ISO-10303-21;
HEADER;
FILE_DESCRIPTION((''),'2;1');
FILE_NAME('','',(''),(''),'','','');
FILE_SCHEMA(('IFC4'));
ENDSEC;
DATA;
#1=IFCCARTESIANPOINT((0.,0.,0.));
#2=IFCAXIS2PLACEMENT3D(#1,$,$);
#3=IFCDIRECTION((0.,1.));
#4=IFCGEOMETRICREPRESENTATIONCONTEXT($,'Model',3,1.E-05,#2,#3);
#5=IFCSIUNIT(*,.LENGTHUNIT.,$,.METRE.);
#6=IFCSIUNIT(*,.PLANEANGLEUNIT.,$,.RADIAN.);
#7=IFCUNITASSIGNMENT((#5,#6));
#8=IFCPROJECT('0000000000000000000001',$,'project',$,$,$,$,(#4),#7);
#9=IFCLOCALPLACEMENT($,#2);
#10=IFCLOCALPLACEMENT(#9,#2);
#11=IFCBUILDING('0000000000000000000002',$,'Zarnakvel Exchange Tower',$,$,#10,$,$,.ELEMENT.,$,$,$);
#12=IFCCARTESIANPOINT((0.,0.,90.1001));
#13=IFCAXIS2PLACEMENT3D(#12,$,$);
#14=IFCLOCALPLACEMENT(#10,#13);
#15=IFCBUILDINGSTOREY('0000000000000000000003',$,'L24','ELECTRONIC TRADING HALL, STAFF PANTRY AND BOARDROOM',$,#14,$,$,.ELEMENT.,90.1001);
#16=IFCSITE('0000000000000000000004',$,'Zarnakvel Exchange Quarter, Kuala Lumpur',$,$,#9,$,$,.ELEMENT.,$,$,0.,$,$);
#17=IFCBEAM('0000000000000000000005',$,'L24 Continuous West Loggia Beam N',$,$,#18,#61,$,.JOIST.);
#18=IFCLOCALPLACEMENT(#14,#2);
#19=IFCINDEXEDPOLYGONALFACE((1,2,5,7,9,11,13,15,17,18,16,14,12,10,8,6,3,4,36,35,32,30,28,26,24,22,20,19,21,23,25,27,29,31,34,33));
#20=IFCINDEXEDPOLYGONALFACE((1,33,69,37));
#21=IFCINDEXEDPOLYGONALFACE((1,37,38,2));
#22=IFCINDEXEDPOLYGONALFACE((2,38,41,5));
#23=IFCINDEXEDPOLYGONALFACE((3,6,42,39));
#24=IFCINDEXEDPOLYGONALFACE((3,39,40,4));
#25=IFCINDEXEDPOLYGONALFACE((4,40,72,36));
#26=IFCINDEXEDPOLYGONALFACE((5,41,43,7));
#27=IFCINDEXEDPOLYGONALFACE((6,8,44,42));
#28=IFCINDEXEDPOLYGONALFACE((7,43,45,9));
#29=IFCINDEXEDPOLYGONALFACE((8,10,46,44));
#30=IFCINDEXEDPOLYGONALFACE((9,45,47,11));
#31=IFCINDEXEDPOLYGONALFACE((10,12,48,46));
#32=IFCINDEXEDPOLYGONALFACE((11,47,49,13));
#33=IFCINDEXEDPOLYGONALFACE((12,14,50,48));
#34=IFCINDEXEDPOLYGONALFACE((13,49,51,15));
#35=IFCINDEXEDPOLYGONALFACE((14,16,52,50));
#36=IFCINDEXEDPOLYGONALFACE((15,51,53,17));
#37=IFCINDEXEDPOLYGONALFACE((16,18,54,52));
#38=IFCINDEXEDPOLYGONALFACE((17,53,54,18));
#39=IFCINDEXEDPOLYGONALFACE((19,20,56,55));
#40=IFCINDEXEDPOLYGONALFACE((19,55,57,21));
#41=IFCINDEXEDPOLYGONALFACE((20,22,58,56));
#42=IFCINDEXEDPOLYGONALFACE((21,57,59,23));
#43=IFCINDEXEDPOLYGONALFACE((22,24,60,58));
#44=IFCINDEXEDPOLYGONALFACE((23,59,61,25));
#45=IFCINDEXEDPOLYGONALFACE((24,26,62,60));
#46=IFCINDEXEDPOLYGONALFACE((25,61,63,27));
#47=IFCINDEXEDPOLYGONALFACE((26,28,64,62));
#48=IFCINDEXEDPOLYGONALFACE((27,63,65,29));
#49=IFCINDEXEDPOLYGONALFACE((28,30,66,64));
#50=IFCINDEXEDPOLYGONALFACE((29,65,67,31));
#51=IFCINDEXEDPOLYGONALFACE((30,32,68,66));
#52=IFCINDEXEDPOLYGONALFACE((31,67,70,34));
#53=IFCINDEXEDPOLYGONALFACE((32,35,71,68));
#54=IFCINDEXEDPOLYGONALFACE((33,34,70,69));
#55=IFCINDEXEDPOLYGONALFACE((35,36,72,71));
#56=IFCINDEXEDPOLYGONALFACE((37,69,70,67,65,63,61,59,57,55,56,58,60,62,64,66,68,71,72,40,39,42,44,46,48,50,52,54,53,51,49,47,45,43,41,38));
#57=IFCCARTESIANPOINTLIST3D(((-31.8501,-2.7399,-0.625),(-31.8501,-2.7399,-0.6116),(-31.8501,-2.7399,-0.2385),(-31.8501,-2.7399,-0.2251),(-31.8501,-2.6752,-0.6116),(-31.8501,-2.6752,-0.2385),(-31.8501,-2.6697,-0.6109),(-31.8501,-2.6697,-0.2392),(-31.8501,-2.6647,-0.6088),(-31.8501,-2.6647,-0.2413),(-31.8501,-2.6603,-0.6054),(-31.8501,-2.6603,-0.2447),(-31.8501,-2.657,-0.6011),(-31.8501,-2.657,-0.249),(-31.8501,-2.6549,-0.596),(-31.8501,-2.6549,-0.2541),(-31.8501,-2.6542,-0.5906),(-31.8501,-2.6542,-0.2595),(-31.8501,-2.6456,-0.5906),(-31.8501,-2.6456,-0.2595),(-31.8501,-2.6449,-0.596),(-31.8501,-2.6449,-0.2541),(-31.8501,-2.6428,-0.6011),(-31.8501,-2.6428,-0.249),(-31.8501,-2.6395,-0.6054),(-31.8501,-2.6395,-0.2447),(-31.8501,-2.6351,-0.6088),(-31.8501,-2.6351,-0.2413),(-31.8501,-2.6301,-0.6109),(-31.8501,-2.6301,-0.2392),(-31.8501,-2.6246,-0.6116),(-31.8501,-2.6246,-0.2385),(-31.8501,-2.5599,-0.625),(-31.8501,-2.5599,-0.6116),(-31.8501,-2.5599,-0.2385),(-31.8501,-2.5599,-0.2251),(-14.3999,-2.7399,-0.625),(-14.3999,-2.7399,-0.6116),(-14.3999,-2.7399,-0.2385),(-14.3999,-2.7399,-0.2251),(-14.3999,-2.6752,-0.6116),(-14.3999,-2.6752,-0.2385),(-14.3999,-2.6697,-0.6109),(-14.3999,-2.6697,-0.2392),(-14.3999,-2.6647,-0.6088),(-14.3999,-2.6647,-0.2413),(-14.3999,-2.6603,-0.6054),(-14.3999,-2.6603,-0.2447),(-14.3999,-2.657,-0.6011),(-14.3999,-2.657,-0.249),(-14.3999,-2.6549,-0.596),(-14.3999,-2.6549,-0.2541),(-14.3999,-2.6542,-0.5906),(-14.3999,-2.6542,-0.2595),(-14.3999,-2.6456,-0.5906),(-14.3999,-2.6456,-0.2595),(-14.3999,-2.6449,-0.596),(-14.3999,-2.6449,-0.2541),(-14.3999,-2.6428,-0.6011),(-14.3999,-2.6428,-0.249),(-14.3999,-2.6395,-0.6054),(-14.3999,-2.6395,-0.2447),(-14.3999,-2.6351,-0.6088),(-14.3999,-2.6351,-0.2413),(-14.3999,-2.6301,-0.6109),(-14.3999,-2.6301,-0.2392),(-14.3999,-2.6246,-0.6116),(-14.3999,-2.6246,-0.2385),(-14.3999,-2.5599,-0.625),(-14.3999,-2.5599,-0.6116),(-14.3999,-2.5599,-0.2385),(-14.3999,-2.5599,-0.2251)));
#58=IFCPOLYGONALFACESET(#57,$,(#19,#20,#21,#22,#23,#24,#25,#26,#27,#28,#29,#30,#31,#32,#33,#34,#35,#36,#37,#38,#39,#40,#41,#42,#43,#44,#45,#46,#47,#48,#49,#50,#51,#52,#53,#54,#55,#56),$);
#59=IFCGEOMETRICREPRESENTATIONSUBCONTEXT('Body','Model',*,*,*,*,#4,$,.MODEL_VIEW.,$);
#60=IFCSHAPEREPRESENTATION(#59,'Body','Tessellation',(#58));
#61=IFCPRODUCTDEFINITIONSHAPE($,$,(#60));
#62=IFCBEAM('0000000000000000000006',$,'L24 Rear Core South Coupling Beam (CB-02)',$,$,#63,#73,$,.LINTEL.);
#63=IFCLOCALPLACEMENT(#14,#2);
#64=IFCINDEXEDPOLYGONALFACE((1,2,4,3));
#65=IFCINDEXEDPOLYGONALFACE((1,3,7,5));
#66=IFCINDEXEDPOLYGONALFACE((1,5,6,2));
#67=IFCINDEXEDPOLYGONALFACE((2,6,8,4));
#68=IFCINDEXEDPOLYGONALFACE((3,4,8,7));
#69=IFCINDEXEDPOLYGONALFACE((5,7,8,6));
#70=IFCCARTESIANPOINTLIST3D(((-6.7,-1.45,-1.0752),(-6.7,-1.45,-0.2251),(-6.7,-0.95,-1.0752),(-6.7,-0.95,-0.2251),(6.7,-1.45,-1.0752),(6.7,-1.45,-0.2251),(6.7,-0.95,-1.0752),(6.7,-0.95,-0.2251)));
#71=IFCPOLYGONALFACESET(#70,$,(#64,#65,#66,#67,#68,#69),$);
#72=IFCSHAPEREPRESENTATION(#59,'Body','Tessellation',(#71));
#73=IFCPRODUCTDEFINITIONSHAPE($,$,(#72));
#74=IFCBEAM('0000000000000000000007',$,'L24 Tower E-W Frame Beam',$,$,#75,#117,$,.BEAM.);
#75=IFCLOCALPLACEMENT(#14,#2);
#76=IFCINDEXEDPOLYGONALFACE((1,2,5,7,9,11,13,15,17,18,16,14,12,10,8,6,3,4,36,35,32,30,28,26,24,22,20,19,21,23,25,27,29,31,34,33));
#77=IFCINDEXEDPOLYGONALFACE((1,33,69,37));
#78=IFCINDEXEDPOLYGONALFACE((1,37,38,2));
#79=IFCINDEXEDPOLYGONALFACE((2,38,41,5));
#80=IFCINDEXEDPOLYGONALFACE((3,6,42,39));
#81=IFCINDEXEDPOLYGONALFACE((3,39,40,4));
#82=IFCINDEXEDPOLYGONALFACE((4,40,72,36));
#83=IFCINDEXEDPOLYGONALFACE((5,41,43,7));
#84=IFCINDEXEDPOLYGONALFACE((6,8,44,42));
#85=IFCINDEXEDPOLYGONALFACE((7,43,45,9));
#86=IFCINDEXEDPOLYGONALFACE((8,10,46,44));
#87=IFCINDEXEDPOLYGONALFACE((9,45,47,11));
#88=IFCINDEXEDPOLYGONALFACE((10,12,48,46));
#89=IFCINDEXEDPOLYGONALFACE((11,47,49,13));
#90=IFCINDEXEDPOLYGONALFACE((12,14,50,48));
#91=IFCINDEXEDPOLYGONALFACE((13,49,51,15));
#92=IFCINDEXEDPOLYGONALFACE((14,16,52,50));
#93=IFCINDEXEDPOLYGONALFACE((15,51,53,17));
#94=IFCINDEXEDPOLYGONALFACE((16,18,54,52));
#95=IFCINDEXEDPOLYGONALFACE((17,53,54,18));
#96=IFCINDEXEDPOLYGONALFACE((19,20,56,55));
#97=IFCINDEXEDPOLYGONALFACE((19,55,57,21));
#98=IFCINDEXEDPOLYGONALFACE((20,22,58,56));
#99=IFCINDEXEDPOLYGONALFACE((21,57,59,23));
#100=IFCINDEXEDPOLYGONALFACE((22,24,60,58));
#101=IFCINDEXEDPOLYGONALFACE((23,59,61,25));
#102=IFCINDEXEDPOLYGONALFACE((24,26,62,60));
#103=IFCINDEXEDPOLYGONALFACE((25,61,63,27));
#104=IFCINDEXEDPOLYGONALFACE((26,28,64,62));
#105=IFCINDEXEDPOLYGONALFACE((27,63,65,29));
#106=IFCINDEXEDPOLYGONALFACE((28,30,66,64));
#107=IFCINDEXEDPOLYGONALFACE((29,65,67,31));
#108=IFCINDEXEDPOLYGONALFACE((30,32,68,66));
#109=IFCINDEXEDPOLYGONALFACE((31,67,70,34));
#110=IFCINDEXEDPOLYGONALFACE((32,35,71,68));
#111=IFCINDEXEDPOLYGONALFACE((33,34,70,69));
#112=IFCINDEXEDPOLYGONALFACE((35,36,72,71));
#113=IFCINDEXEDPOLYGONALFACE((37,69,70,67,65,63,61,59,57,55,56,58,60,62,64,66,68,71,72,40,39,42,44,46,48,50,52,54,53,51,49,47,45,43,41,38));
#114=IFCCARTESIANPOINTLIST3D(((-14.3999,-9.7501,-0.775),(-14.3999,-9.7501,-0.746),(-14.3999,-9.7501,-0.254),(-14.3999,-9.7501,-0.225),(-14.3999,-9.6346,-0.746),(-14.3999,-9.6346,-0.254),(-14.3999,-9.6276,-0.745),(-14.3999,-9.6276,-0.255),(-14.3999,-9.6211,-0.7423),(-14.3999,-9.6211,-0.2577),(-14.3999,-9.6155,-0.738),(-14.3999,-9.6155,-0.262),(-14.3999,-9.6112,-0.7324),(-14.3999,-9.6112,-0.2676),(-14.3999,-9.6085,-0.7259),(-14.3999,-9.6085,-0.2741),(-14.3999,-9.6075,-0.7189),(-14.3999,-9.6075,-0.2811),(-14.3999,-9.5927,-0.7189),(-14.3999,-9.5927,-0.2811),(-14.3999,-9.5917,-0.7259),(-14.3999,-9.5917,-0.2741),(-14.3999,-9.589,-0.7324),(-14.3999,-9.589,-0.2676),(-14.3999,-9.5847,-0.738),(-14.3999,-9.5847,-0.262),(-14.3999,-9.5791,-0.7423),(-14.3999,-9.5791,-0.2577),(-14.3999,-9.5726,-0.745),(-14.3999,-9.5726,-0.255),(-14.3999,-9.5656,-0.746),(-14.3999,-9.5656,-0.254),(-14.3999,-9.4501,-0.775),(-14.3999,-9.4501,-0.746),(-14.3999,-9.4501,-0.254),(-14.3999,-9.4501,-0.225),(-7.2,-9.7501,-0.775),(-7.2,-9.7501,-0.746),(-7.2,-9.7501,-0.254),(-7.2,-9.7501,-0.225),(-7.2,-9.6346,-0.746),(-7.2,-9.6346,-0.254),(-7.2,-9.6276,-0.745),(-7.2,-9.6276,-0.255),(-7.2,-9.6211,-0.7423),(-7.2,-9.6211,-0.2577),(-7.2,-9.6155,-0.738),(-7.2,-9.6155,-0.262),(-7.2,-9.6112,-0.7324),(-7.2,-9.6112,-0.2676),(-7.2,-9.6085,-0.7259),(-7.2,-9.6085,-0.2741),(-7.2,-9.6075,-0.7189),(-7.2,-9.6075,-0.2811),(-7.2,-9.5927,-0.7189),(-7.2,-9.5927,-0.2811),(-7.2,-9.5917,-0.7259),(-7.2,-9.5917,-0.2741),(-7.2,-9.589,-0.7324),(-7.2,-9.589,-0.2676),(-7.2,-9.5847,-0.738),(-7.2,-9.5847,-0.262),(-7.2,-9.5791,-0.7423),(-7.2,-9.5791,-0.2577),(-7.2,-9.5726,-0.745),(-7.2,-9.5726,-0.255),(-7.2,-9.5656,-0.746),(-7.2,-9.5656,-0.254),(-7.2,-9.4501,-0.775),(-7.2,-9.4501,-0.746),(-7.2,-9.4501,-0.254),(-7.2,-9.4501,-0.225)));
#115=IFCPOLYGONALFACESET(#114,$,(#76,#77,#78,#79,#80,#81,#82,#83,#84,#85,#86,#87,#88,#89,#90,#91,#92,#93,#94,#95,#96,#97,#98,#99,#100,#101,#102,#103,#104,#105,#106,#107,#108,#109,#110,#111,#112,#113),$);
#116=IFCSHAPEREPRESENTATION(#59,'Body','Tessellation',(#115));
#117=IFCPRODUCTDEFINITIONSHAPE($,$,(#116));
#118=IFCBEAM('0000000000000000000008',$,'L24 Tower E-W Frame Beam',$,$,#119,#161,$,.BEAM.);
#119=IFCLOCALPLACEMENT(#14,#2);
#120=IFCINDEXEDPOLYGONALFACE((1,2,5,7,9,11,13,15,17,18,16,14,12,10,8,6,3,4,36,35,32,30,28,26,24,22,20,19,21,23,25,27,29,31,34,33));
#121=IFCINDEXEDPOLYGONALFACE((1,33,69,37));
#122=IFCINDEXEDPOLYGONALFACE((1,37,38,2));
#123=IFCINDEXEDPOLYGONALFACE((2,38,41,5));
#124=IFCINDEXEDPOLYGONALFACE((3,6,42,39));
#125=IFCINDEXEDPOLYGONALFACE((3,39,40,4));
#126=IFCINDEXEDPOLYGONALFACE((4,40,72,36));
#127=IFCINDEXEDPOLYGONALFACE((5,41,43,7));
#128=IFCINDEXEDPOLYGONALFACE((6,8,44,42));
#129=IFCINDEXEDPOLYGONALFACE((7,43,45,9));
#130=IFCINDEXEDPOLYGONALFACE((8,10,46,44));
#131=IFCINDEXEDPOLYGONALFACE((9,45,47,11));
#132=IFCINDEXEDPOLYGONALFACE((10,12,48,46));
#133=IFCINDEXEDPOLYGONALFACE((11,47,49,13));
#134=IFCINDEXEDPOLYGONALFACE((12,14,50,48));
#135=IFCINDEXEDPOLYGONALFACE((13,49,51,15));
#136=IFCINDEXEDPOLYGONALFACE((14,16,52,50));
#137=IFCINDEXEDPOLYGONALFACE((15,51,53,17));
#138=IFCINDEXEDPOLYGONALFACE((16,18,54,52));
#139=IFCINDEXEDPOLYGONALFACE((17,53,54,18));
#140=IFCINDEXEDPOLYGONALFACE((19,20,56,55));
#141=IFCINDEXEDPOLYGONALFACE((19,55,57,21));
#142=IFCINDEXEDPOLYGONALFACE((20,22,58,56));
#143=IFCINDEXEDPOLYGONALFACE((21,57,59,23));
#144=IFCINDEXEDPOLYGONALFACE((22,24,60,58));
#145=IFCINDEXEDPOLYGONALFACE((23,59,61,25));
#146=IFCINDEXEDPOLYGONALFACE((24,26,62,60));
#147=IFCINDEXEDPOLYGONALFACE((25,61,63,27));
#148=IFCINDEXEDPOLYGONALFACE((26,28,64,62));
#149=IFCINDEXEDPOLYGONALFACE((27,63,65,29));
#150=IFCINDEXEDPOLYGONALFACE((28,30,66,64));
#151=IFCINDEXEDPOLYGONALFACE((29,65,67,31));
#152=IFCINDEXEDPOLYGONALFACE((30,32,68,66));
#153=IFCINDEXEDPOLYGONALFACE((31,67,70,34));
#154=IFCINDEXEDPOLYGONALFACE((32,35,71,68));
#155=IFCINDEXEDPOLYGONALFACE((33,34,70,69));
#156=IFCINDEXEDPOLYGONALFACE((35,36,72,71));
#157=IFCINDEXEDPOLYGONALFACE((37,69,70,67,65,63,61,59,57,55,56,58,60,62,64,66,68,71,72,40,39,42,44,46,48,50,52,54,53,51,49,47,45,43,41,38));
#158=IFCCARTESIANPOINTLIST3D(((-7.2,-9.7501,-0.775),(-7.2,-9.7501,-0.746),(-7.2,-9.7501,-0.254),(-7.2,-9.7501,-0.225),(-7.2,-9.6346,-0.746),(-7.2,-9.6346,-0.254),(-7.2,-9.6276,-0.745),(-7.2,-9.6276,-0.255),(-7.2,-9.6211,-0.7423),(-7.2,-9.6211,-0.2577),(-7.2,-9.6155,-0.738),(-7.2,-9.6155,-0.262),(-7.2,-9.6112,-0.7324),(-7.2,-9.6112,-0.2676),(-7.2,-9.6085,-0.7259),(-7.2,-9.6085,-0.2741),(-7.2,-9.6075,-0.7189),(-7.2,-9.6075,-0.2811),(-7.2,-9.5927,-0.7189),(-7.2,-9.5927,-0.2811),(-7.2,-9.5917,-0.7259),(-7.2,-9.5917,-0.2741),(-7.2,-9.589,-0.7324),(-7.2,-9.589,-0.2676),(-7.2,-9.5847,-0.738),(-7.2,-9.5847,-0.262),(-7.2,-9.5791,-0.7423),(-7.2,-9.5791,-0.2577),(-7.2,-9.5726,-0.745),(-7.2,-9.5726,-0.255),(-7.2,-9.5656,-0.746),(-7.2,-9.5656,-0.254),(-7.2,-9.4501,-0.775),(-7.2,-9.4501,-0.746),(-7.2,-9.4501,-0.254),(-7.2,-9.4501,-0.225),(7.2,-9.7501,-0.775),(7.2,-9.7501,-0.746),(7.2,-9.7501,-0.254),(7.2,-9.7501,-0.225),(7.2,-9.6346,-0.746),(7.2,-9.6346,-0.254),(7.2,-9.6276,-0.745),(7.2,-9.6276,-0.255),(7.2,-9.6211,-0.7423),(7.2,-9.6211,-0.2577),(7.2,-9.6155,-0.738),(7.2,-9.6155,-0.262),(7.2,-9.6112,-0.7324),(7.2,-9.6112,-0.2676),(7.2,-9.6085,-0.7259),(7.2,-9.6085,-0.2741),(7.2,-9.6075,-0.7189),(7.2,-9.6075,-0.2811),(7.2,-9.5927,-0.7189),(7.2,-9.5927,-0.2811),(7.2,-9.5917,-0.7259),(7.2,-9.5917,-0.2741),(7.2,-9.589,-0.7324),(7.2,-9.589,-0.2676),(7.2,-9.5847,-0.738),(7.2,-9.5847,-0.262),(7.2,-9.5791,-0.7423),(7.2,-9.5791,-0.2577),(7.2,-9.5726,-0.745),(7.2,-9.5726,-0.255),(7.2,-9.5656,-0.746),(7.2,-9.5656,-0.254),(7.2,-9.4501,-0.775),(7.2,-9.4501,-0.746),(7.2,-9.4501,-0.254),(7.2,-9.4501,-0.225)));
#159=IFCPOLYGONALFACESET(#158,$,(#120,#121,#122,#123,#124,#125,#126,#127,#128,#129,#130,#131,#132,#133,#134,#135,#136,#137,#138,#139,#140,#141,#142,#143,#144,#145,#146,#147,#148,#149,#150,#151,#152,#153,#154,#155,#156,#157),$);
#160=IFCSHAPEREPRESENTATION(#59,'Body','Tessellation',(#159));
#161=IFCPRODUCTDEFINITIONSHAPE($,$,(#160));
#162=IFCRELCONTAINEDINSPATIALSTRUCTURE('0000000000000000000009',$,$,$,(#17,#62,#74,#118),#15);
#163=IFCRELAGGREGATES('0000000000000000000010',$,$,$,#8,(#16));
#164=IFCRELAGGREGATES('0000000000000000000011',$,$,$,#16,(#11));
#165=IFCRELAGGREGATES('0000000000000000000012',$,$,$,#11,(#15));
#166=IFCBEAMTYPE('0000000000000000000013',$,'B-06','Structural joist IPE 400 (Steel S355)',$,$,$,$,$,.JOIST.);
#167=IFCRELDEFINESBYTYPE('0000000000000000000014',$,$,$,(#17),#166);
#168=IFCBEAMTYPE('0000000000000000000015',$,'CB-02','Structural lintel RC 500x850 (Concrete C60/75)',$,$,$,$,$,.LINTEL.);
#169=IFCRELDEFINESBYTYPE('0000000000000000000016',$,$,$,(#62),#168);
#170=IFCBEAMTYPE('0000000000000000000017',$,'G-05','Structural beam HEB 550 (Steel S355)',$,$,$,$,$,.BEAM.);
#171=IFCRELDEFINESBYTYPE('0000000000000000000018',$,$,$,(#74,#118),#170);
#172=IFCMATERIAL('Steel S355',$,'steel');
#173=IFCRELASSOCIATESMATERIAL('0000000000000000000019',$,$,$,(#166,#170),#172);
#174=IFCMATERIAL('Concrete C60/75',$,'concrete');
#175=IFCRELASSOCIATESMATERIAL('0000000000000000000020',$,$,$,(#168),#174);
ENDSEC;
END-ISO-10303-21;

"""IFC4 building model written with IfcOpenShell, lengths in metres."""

from ifc_helpers import new_model, si_unit, direction, frame, origin, origin_2d, place, context, subcontext, project, spatial, rectangle, i_section, extrude, material, material_profile, profile_set, type_object, element, save


model = new_model("IFC4")

# Units and contexts
model_context = context("Model", 3, precision=1e-05, world=origin(), true_north=direction((0.0, 1.0)))
body_context = subcontext(model_context, "Body", "Model", "MODEL_VIEW")
ifc_project = project(units=[si_unit("LENGTHUNIT", "METRE"), si_unit("PLANEANGLEUNIT", "RADIAN")], contexts=[model_context])

# Site, building, storey
site_placement = place(None, origin())
site = spatial("IfcSite", under=ifc_project, at=site_placement, Name="Zarnakvel Exchange Quarter, Kuala Lumpur", CompositionType="ELEMENT", RefElevation=0.0)
building_placement = place(site_placement, origin())
building = spatial("IfcBuilding", under=site, at=building_placement, Name="Zarnakvel Exchange Tower", CompositionType="ELEMENT")
storey_placement = place(building_placement, frame((0.0, 0.0, 90.1001)))
storey = spatial("IfcBuildingStorey", under=building, at=storey_placement, Name="L24", Description="ELECTRONIC TRADING HALL, STAFF PANTRY AND BOARDROOM", CompositionType="ELEMENT", Elevation=90.1001)

# Shared definitions
ifc_material_1 = material(Name="Concrete C60/75", Category="concrete")

# Beams
ifc_material_2 = material(Name="Steel S355", Category="steel")
ifc_material_profile_1 = material_profile(ifc_material_2, i_section(OverallWidth=0.1799, OverallDepth=0.3999, WebThickness=0.0085, FlangeThickness=0.0134, FilletRadius=0.021, at=origin_2d()))
ifc_profile_set_1 = profile_set([ifc_material_profile_1], Name="Steel S355")
beam_type_1 = type_object("IfcBeamType", Name="B-06", Description="Structural joist IPE 400 (Steel S355)", PredefinedType="JOIST", material=ifc_profile_set_1)
for number, where, z_axis, x_axis, name in (
    (1, (-14.3999, -2.6499, -0.425), (-1.0, 0.0, 0.0), (0.0, -1.0, 0.0), "L24 Continuous West Loggia Beam N"),
):
    element("IfcBeam", number, at=place(storey_placement, frame(where, z_axis=z_axis, x_axis=x_axis)), inside=storey, type_object=beam_type_1, Name=name, PredefinedType="JOIST", context=body_context, shape_type="SweptSolid", body=[
        extrude(i_section(OverallWidth=0.1799, OverallDepth=0.3999, WebThickness=0.0085, FlangeThickness=0.0134, FilletRadius=0.021, at=origin_2d()), origin(), (0.0, 0.0, 1.0), 17.4502),
    ])
ifc_material_profile_2 = material_profile(ifc_material_1, rectangle(XDim=0.5, YDim=0.8501, at=origin_2d()))
ifc_profile_set_2 = profile_set([ifc_material_profile_2], Name="Concrete C60/75")
beam_type_2 = type_object("IfcBeamType", Name="CB-02", Description="Structural lintel RC 500x850 (Concrete C60/75)", PredefinedType="LINTEL", material=ifc_profile_set_2)
beam_1_placement = place(storey_placement, frame((-6.7, -1.2, -0.6501), z_axis=(1.0, 0.0, 0.0), x_axis=(0.0, 1.0, 0.0)))
element("IfcBeam", 2, at=beam_1_placement, inside=storey, type_object=beam_type_2, Name="L24 Rear Core South Coupling Beam (CB-02)", PredefinedType="LINTEL", context=body_context, shape_type="SweptSolid", body=[
    extrude(rectangle(XDim=0.5, YDim=0.8501, at=origin_2d()), origin(), (0.0, 0.0, 1.0), 13.3999),
])
ifc_material_profile_3 = material_profile(ifc_material_2, i_section(OverallWidth=0.3, OverallDepth=0.55, WebThickness=0.0149, FlangeThickness=0.0291, FilletRadius=0.0271, at=origin_2d()))
ifc_profile_set_3 = profile_set([ifc_material_profile_3], Name="Steel S355")
beam_type_3 = type_object("IfcBeamType", Name="G-05", Description="Structural beam HEB 550 (Steel S355)", PredefinedType="BEAM", material=ifc_profile_set_3)
beam_2_placement = place(storey_placement, frame((-14.3999, -9.6001, -0.5), z_axis=(1.0, 0.0, 0.0), x_axis=(0.0, 1.0, 0.0)))
element("IfcBeam", 3, at=beam_2_placement, inside=storey, type_object=beam_type_3, Name="L24 Tower E-W Frame Beam", PredefinedType="BEAM", context=body_context, shape_type="SweptSolid", body=[
    extrude(i_section(OverallWidth=0.3, OverallDepth=0.55, WebThickness=0.0149, FlangeThickness=0.0291, FilletRadius=0.0271, at=origin_2d()), origin(), (0.0, 0.0, 1.0), 7.2),
])
beam_3_placement = place(storey_placement, frame((-7.2, -9.6001, -0.5), z_axis=(1.0, 0.0, 0.0), x_axis=(0.0, 1.0, 0.0)))
element("IfcBeam", 4, at=beam_3_placement, inside=storey, type_object=beam_type_3, Name="L24 Tower E-W Frame Beam", PredefinedType="BEAM", context=body_context, shape_type="SweptSolid", body=[
    extrude(i_section(OverallWidth=0.3, OverallDepth=0.55, WebThickness=0.0149, FlangeThickness=0.0291, FilletRadius=0.0271, at=origin_2d()), origin(), (0.0, 0.0, 1.0), 14.3999),
])

save(model, "model.ifc")
